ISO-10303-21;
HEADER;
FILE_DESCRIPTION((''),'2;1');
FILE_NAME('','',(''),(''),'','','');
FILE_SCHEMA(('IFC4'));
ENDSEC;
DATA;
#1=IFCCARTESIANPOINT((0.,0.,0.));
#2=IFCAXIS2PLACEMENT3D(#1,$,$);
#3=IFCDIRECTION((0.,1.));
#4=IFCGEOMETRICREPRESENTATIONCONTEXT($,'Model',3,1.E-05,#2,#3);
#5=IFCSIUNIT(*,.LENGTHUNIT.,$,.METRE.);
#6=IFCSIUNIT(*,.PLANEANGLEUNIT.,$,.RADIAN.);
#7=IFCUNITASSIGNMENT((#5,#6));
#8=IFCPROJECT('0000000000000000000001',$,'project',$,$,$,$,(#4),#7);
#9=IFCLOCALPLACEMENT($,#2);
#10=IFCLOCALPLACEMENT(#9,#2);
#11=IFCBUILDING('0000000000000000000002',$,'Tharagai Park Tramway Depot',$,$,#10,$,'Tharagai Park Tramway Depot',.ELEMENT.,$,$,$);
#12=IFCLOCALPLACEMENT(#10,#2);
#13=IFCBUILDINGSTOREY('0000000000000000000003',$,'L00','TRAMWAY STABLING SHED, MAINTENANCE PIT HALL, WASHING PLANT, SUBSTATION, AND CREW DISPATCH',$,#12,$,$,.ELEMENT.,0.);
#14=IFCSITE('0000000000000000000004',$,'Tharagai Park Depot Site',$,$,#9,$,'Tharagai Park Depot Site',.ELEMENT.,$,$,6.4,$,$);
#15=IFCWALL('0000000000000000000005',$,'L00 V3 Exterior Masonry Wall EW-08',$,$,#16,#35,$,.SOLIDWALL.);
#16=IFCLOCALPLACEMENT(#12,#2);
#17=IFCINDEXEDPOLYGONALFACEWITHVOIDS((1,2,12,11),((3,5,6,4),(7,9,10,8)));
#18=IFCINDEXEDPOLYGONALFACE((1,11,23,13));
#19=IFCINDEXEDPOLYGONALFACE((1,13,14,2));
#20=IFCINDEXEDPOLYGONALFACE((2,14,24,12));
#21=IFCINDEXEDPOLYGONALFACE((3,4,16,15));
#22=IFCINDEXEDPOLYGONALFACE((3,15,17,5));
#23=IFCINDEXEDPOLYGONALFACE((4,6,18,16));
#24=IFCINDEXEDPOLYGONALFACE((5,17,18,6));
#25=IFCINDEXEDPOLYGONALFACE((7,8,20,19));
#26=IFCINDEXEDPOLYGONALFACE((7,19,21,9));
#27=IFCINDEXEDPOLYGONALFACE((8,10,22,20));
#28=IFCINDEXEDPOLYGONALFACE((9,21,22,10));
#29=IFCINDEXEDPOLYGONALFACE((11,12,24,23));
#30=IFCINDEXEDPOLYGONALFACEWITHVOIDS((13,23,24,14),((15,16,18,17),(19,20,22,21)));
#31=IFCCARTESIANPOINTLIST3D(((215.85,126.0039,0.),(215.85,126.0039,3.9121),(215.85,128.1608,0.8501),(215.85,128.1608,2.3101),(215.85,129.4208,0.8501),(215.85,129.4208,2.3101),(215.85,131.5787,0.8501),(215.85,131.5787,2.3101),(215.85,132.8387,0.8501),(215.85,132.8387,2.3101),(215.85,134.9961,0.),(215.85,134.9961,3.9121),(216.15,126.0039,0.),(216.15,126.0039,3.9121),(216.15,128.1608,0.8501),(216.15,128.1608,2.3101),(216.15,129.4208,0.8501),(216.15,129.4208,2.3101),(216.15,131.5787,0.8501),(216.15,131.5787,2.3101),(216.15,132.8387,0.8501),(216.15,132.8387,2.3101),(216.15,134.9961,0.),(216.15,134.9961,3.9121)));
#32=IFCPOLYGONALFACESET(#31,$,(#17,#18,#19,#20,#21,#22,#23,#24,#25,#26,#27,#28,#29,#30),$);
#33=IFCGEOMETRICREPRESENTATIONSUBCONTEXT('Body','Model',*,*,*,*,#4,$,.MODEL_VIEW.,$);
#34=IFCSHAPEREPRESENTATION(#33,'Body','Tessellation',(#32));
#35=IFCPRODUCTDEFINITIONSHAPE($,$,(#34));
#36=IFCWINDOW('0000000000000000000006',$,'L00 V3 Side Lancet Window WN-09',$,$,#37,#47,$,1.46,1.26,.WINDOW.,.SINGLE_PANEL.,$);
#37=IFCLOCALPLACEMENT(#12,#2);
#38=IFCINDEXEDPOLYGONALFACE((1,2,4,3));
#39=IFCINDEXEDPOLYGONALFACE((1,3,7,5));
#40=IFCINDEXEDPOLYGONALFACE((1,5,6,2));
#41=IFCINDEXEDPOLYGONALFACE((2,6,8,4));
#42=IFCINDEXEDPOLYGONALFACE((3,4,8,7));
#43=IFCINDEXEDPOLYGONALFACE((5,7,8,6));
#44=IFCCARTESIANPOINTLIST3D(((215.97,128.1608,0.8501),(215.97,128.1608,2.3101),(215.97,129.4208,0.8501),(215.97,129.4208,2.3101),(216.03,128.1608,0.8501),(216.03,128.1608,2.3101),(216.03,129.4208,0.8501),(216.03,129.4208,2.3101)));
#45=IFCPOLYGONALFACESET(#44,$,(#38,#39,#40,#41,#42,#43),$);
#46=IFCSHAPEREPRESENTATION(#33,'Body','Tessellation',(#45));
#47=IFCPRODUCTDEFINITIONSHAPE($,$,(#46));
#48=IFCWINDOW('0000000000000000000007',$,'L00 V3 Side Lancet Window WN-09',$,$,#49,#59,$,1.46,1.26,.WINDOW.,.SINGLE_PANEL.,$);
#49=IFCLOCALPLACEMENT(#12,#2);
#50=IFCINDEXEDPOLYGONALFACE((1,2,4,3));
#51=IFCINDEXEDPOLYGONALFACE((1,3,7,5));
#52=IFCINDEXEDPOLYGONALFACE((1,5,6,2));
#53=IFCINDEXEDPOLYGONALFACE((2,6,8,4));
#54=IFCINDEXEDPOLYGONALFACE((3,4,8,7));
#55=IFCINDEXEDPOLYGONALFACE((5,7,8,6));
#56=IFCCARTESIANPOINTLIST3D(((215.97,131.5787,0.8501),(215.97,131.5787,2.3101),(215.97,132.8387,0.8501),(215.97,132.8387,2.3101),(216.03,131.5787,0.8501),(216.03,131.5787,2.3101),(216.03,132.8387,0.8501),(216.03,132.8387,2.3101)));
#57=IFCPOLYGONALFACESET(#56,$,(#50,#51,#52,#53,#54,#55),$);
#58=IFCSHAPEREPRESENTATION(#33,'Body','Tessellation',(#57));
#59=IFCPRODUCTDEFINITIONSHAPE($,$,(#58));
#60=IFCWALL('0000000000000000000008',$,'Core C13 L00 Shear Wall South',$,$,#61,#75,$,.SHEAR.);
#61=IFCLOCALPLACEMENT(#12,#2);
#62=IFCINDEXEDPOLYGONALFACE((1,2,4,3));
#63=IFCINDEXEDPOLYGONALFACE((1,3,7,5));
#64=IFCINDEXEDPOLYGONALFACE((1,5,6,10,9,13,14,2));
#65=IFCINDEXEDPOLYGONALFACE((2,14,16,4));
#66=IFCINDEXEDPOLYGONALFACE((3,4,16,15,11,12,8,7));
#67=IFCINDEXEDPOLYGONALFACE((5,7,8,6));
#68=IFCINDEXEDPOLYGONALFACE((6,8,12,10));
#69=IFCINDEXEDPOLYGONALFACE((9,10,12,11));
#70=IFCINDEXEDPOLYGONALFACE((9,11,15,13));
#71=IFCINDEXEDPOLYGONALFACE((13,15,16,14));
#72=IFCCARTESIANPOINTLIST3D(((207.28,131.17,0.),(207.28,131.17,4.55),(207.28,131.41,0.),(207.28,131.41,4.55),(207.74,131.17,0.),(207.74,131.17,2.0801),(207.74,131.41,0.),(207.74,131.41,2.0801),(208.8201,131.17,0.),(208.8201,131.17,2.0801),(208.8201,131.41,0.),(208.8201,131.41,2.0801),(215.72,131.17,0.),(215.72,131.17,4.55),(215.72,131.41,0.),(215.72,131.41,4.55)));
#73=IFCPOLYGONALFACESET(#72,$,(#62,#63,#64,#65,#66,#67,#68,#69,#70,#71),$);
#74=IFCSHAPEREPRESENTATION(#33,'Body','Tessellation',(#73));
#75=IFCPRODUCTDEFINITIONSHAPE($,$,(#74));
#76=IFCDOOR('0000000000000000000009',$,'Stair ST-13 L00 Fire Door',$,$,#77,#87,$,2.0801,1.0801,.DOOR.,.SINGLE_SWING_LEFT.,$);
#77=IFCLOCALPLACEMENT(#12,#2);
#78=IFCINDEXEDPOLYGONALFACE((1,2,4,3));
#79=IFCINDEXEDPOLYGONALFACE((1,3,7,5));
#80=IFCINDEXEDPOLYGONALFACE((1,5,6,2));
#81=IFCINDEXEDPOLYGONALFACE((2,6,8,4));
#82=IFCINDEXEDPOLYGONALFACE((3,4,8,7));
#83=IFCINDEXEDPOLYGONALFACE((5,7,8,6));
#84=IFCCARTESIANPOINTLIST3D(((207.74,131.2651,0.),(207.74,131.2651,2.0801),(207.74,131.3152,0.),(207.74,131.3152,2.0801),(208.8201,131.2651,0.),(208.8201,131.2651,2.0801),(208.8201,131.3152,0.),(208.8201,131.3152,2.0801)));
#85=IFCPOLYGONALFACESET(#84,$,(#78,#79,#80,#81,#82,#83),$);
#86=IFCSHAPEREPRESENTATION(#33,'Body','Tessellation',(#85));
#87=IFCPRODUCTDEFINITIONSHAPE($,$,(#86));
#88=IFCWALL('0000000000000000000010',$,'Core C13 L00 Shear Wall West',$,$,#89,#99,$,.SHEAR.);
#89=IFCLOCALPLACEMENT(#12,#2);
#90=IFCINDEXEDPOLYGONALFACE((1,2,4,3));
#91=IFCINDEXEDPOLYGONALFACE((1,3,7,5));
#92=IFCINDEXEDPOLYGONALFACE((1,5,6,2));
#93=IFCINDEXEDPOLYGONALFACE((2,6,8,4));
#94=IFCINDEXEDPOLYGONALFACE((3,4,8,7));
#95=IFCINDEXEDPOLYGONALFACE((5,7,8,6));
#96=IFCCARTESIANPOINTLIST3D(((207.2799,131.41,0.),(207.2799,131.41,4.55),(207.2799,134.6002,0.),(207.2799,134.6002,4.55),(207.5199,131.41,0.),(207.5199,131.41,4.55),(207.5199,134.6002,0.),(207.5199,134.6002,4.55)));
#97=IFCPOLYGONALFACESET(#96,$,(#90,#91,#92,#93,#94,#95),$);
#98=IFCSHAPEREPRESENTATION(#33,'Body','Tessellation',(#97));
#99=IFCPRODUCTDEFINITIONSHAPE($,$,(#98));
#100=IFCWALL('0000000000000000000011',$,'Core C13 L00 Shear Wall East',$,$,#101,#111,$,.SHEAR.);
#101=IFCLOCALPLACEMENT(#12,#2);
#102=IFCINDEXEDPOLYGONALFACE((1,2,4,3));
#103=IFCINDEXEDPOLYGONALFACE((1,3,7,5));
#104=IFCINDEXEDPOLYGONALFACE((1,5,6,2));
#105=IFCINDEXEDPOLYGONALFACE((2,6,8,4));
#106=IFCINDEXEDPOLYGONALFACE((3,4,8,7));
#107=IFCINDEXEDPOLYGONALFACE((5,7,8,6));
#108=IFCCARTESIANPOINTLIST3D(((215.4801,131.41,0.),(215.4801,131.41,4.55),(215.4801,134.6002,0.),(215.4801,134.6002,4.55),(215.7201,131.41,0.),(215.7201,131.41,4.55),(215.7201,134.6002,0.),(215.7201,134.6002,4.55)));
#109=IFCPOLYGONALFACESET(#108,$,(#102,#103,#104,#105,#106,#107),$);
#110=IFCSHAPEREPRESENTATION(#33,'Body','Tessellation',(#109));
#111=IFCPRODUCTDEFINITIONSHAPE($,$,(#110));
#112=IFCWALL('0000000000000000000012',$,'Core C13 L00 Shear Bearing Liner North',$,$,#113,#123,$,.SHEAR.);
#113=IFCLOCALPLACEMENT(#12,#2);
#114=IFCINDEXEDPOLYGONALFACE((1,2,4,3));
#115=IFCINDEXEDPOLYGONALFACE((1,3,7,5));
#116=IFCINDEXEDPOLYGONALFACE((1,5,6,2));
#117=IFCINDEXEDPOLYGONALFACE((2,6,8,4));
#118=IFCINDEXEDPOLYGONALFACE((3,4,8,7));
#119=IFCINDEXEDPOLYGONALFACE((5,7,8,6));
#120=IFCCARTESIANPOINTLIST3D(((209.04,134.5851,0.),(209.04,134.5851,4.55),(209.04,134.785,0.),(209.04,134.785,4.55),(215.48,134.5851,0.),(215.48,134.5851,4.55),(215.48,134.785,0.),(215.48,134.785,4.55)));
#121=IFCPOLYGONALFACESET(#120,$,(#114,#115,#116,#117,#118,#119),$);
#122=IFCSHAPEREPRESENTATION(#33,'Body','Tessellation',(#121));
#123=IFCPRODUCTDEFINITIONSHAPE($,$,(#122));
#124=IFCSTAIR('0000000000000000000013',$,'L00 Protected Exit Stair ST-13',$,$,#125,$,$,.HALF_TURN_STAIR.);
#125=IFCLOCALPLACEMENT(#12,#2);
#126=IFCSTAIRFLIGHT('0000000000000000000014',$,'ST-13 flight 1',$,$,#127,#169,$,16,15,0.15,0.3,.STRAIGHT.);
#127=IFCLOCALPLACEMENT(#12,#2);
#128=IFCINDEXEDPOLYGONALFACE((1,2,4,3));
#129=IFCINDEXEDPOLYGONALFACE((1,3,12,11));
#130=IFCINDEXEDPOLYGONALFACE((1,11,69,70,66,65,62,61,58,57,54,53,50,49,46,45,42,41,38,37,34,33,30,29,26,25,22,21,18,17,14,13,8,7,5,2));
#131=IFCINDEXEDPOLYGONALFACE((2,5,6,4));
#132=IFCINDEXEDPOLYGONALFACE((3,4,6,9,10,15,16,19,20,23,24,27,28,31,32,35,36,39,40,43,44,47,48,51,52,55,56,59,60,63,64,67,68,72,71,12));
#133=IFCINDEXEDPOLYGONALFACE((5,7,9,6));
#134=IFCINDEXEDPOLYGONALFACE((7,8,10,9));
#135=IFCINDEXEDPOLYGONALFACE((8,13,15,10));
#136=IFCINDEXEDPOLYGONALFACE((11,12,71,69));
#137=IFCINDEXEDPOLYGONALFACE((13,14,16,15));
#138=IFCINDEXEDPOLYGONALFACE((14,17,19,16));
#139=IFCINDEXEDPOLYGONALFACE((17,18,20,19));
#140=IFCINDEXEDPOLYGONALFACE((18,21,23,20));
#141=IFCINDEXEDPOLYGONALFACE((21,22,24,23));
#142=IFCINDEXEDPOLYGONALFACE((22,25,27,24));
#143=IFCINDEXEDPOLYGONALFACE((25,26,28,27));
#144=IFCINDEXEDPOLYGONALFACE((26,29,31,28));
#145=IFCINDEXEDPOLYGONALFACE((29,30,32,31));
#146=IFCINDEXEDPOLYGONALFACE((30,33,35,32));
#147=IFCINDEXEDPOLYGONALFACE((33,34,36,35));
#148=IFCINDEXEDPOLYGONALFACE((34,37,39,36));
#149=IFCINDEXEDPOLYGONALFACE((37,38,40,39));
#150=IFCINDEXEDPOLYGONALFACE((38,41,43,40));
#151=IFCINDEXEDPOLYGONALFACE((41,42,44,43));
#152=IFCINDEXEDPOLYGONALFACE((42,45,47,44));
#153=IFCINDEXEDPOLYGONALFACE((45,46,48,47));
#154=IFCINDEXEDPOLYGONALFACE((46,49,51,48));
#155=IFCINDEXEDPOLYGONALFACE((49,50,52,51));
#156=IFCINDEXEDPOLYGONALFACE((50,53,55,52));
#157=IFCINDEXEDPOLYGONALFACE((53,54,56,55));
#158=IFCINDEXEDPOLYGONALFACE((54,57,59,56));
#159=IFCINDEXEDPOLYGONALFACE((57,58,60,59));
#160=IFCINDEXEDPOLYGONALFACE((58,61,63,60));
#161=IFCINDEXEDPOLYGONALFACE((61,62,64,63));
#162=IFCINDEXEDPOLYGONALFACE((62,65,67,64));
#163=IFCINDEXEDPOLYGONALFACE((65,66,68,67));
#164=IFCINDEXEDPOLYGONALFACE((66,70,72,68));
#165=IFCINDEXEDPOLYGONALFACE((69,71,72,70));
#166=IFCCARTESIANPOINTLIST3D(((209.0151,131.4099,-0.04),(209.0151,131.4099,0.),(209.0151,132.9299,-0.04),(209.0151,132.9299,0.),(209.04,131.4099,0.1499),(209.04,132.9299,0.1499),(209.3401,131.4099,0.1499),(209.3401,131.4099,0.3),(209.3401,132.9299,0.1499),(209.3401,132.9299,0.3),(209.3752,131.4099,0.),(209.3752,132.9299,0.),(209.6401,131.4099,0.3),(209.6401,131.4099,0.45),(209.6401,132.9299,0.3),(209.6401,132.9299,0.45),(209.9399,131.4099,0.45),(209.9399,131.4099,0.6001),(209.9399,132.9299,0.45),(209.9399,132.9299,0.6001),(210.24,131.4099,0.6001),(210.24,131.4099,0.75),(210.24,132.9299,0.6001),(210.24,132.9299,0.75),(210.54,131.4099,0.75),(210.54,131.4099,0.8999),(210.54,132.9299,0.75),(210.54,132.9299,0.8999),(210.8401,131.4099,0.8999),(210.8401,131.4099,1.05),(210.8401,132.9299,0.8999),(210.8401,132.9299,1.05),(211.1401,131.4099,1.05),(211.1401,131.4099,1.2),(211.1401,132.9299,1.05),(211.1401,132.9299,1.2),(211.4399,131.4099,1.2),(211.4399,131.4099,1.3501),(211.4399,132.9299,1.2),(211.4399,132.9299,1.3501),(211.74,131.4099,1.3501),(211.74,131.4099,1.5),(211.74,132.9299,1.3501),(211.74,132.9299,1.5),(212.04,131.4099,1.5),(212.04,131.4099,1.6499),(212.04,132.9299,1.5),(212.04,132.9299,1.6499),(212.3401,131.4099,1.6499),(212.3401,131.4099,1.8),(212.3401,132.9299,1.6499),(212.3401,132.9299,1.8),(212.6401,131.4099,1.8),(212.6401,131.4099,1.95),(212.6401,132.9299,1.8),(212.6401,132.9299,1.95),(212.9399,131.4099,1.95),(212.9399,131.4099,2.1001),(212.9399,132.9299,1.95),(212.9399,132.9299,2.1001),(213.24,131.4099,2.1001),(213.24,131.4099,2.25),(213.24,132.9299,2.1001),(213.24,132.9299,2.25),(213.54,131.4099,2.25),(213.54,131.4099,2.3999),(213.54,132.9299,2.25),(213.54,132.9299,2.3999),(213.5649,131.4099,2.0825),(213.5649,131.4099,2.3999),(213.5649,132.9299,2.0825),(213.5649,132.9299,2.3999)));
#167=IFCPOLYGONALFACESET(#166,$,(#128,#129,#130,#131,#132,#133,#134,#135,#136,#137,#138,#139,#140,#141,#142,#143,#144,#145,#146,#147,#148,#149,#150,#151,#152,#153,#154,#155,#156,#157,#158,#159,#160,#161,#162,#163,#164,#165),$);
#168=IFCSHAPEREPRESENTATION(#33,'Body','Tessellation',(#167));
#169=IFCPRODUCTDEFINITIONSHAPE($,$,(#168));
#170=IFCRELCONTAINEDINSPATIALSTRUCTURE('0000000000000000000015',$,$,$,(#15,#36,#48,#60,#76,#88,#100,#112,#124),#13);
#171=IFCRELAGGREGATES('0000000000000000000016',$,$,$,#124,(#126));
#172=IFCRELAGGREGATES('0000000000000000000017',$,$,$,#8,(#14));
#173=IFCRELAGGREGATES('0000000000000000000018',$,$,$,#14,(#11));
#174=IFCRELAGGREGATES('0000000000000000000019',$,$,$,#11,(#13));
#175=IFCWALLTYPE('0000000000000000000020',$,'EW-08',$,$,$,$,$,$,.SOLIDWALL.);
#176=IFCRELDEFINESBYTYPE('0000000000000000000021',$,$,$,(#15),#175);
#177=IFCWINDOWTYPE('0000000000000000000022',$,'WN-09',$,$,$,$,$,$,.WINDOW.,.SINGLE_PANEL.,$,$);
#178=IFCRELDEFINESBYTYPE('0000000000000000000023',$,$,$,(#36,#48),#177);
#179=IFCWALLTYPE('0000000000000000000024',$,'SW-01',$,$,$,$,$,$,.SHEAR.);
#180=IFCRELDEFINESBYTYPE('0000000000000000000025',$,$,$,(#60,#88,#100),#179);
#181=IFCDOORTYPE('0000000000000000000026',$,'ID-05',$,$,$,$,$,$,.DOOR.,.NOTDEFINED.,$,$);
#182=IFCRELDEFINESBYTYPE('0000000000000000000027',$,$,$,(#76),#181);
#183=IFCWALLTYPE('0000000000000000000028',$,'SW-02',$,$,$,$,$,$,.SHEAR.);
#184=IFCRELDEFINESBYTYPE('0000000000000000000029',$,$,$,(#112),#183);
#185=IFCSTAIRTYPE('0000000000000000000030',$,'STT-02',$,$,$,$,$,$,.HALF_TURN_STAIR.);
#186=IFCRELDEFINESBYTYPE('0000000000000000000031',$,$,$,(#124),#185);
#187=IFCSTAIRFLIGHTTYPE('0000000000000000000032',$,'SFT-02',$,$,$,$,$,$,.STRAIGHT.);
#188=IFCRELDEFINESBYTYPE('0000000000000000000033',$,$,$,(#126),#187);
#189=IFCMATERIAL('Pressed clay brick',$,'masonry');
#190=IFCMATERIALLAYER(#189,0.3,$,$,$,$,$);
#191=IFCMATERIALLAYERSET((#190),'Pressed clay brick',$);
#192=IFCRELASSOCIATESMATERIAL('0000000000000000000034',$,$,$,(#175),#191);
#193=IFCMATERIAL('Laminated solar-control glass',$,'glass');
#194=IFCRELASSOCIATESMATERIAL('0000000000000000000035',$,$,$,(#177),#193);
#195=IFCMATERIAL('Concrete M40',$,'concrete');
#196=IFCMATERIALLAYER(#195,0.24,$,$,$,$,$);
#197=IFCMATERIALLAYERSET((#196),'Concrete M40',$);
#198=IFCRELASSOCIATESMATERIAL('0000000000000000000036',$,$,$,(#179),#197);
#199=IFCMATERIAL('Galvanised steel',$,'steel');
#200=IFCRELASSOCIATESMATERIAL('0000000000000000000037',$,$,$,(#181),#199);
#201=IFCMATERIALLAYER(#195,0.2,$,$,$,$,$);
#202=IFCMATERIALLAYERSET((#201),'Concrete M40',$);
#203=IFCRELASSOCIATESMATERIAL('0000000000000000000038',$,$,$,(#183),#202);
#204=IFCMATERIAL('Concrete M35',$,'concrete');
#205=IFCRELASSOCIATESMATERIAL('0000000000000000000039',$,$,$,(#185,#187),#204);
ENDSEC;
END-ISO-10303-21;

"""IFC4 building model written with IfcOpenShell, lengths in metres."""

from ifc_helpers import new_model, si_unit, direction, frame, frame_2d, origin, place, context, subcontext, project, spatial, polyline, rectangle, outline, extrude, material, layer, layer_set, type_object, element, fill, aggregate, save


model = new_model("IFC4")

# Units and contexts
model_context = context("Model", 3, precision=1e-05, world=origin(), true_north=direction((0.0, 1.0)))
body_context = subcontext(model_context, "Body", "Model", "MODEL_VIEW")
ifc_project = project(units=[si_unit("LENGTHUNIT", "METRE"), si_unit("PLANEANGLEUNIT", "RADIAN")], contexts=[model_context])

# Site, building, storey
site_placement = place(None, origin())
site = spatial("IfcSite", under=ifc_project, at=site_placement, Name="Tharagai Park Depot Site", LongName="Tharagai Park Depot Site", CompositionType="ELEMENT", RefElevation=6.4)
building_placement = place(site_placement, origin())
building = spatial("IfcBuilding", under=site, at=building_placement, Name="Tharagai Park Tramway Depot", LongName="Tharagai Park Tramway Depot", CompositionType="ELEMENT")
storey_placement = place(building_placement, origin())
storey = spatial("IfcBuildingStorey", under=building, at=storey_placement, Name="L00", Description="TRAMWAY STABLING SHED, MAINTENANCE PIT HALL, WASHING PLANT, SUBSTATION, AND CREW DISPATCH", CompositionType="ELEMENT", Elevation=0.0)

# Shared definitions
ifc_material_1 = material(Name="Concrete M40", Category="concrete")

# Wall, openings, windows
ifc_material_2 = material(Name="Pressed clay brick", Category="masonry")
ifc_layer_1 = layer(ifc_material_2, 0.3)
ifc_layer_set_1 = layer_set([ifc_layer_1], Name="Pressed clay brick")
wall_type_1 = type_object("IfcWallType", Name="EW-08", PredefinedType="SOLIDWALL", material=ifc_layer_set_1)
wall_1_placement = place(storey_placement, frame((216.0, 126.0039, 0.0), z_axis=(0.0, 0.0, 1.0), x_axis=(0.0, 1.0, 0.0)))
wall_1 = element("IfcWall", 1, at=wall_1_placement, inside=storey, type_object=wall_type_1, Name="L00 V3 Exterior Masonry Wall EW-08", PredefinedType="SOLIDWALL", context=body_context, shape_type="SweptSolid", body=[
    extrude(rectangle(XDim=8.9922, YDim=0.3, at=frame_2d((4.4961, 0.0))), origin(), (0.0, 0.0, 1.0), 3.9121),
])
opening_1_placement = place(wall_1_placement, frame((2.157, 0.0, 0.8501)))
opening_1 = element("IfcOpeningElement", 2, at=opening_1_placement, cuts=wall_1, PredefinedType="OPENING", context=body_context, shape_type="SweptSolid", body=[
    extrude(rectangle(XDim=1.26, YDim=1.46, at=frame_2d((0.6299, 0.73))), frame((0.0, 0.1599, 0.0), z_axis=(0.0, -1.0, 0.0), x_axis=(1.0, 0.0, 0.0)), (0.0, 0.0, 1.0), 0.3201),
])
opening_2_placement = place(wall_1_placement, frame((5.575, 0.0, 0.8501)))
opening_2 = element("IfcOpeningElement", 3, at=opening_2_placement, cuts=wall_1, PredefinedType="OPENING", context=body_context, shape_type="SweptSolid", body=[
    extrude(rectangle(XDim=1.26, YDim=1.46, at=frame_2d((0.6299, 0.73))), frame((0.0, 0.1599, 0.0), z_axis=(0.0, -1.0, 0.0), x_axis=(1.0, 0.0, 0.0)), (0.0, 0.0, 1.0), 0.3201),
])
ifc_material_3 = material(Name="Laminated solar-control glass", Category="glass")
window_type = type_object("IfcWindowType", Name="WN-09", PartitioningType="SINGLE_PANEL", PredefinedType="WINDOW", material=ifc_material_3)
window_1_placement = place(opening_1_placement, origin())
window_1 = element("IfcWindow", 4, at=window_1_placement, inside=storey, type_object=window_type, Name="L00 V3 Side Lancet Window WN-09", OverallHeight=1.46, OverallWidth=1.26, PartitioningType="SINGLE_PANEL", PredefinedType="WINDOW", context=body_context, shape_type="SweptSolid", body=[
    extrude(rectangle(XDim=1.26, YDim=1.46, at=frame_2d((0.6299, 0.73))), frame((0.0, 0.03, 0.0), z_axis=(0.0, -1.0, 0.0), x_axis=(1.0, 0.0, 0.0)), (0.0, 0.0, 1.0), 0.0601),
])
fill(opening_1, window_1)
window_2_placement = place(opening_2_placement, origin())
window_2 = element("IfcWindow", 5, at=window_2_placement, inside=storey, type_object=window_type, Name="L00 V3 Side Lancet Window WN-09", OverallHeight=1.46, OverallWidth=1.26, PartitioningType="SINGLE_PANEL", PredefinedType="WINDOW", context=body_context, shape_type="SweptSolid", body=[
    extrude(rectangle(XDim=1.26, YDim=1.46, at=frame_2d((0.6299, 0.73))), frame((0.0, 0.03, 0.0), z_axis=(0.0, -1.0, 0.0), x_axis=(1.0, 0.0, 0.0)), (0.0, 0.0, 1.0), 0.0601),
])
fill(opening_2, window_2)

# Wall, opening, door
ifc_layer_2 = layer(ifc_material_1, 0.24)
ifc_layer_set_2 = layer_set([ifc_layer_2], Name="Concrete M40")
wall_type_2 = type_object("IfcWallType", Name="SW-01", PredefinedType="SHEAR", material=ifc_layer_set_2)
wall_2_placement = place(storey_placement, frame((207.28, 131.29, 0.0), z_axis=(0.0, 0.0, 1.0), x_axis=(1.0, 0.0, 0.0)))
wall_2 = element("IfcWall", 6, at=wall_2_placement, inside=storey, type_object=wall_type_2, Name="Core C13 L00 Shear Wall South", PredefinedType="SHEAR", context=body_context, shape_type="SweptSolid", body=[
    extrude(rectangle(XDim=8.4399, YDim=0.24, at=frame_2d((4.22, 0.0))), origin(), (0.0, 0.0, 1.0), 4.55),
])
opening_3_placement = place(wall_2_placement, frame((0.46, 0.0, 0.0)))
opening_3 = element("IfcOpeningElement", 7, at=opening_3_placement, cuts=wall_2, PredefinedType="OPENING", context=body_context, shape_type="SweptSolid", body=[
    extrude(rectangle(XDim=1.0801, YDim=2.0801, at=frame_2d((0.54, 1.04))), frame((0.0, 0.1299, 0.0), z_axis=(0.0, -1.0, 0.0), x_axis=(1.0, 0.0, 0.0)), (0.0, 0.0, 1.0), 0.26),
])
ifc_material_4 = material(Name="Galvanised steel", Category="steel")
door_type = type_object("IfcDoorType", Name="ID-05", OperationType="NOTDEFINED", PredefinedType="DOOR", material=ifc_material_4)
door_placement = place(opening_3_placement, frame((1.0801, 0.0, 0.0), z_axis=(0.0, 0.0, 1.0), x_axis=(-1.0, 0.0, 0.0)))
door = element("IfcDoor", 8, at=door_placement, inside=storey, type_object=door_type, Name="Stair ST-13 L00 Fire Door", OperationType="SINGLE_SWING_LEFT", OverallHeight=2.0801, OverallWidth=1.0801, PredefinedType="DOOR", context=body_context, shape_type="SweptSolid", body=[
    extrude(rectangle(XDim=1.0801, YDim=2.0801, at=frame_2d((0.54, 1.04))), frame((0.0, 0.0249, 0.0), z_axis=(0.0, -1.0, 0.0), x_axis=(1.0, 0.0, 0.0)), (0.0, 0.0, 1.0), 0.05),
])
fill(opening_3, door)

# Walls
for number, where, z_axis, x_axis, name in (
    (9, (207.3999, 131.4099, 0.0), (0.0, 0.0, 1.0), (0.0, 1.0, 0.0), "Core C13 L00 Shear Wall West"),
    (10, (215.6001, 131.4099, 0.0), (0.0, 0.0, 1.0), (0.0, 1.0, 0.0), "Core C13 L00 Shear Wall East"),
):
    element("IfcWall", number, at=place(storey_placement, frame(where, z_axis=z_axis, x_axis=x_axis)), inside=storey, type_object=wall_type_2, Name=name, PredefinedType="SHEAR", context=body_context, shape_type="SweptSolid", body=[
        extrude(rectangle(XDim=3.1902, YDim=0.24, at=frame_2d((1.5952, 0.0))), origin(), (0.0, 0.0, 1.0), 4.55),
    ])
ifc_layer_3 = layer(ifc_material_1, 0.2)
ifc_layer_set_3 = layer_set([ifc_layer_3], Name="Concrete M40")
wall_type_3 = type_object("IfcWallType", Name="SW-02", PredefinedType="SHEAR", material=ifc_layer_set_3)
wall_3_placement = place(storey_placement, frame((209.04, 134.6851, 0.0), z_axis=(0.0, 0.0, 1.0), x_axis=(1.0, 0.0, 0.0)))
element("IfcWall", 11, at=wall_3_placement, inside=storey, type_object=wall_type_3, Name="Core C13 L00 Shear Bearing Liner North", PredefinedType="SHEAR", context=body_context, shape_type="SweptSolid", body=[
    extrude(rectangle(XDim=6.4399, YDim=0.2, at=frame_2d((3.22, 0.0))), origin(), (0.0, 0.0, 1.0), 4.55),
])

# Stair, stair flight
ifc_material_5 = material(Name="Concrete M35", Category="concrete")
stair_type = type_object("IfcStairType", Name="STT-02", PredefinedType="HALF_TURN_STAIR", material=ifc_material_5)
stair_placement = place(storey_placement, origin())
stair = element("IfcStair", 12, at=stair_placement, inside=storey, type_object=stair_type, Name="L00 Protected Exit Stair ST-13", PredefinedType="HALF_TURN_STAIR")
stair_flight_type = type_object("IfcStairFlightType", Name="SFT-02", PredefinedType="STRAIGHT", material=ifc_material_5)
stair_flight_1_placement = place(storey_placement, frame((209.04, 132.1699, 0.0), z_axis=(0.0, 0.0, 1.0), x_axis=(1.0, 0.0, 0.0)))
stair_flight_1 = element("IfcStairFlight", 13, at=stair_flight_1_placement, type_object=stair_flight_type, Name="ST-13 flight 1", NumberOfRisers=16, NumberOfTreads=15, PredefinedType="STRAIGHT", RiserHeight=0.15, TreadLength=0.3, context=body_context, shape_type="SweptSolid", body=[
    extrude(outline(polyline([(-0.0249, 0.0), (0.0, 0.1499), (0.3, 0.1499), (0.3, 0.3), (0.6001, 0.3), (0.6001, 0.45), (0.8999, 0.45), (0.8999, 0.6001), (1.2, 0.6001), (1.2, 0.75), (1.5, 0.75), (1.5, 0.8999), (1.8, 0.8999), (1.8, 1.05), (2.1001, 1.05), (2.1001, 1.2), (2.3999, 1.2), (2.3999, 1.3501), (2.7, 1.3501), (2.7, 1.5), (3.0, 1.5), (3.0, 1.6499), (3.3, 1.6499), (3.3, 1.8), (3.6001, 1.8), (3.6001, 1.95), (3.8999, 1.95), (3.8999, 2.1001), (4.2, 2.1001), (4.2, 2.25), (4.5, 2.25), (4.5, 2.3999), (4.5249, 2.3999), (4.5249, 2.0825), (0.3352, 0.0), (-0.0249, -0.04), (-0.0249, 0.0)])), frame((0.0, 0.76, 0.0), z_axis=(0.0, -1.0, 0.0), x_axis=(1.0, 0.0, 0.0)), (0.0, 0.0, 1.0), 1.52),
])
aggregate(stair, [stair_flight_1])

save(model, "model.ifc")
